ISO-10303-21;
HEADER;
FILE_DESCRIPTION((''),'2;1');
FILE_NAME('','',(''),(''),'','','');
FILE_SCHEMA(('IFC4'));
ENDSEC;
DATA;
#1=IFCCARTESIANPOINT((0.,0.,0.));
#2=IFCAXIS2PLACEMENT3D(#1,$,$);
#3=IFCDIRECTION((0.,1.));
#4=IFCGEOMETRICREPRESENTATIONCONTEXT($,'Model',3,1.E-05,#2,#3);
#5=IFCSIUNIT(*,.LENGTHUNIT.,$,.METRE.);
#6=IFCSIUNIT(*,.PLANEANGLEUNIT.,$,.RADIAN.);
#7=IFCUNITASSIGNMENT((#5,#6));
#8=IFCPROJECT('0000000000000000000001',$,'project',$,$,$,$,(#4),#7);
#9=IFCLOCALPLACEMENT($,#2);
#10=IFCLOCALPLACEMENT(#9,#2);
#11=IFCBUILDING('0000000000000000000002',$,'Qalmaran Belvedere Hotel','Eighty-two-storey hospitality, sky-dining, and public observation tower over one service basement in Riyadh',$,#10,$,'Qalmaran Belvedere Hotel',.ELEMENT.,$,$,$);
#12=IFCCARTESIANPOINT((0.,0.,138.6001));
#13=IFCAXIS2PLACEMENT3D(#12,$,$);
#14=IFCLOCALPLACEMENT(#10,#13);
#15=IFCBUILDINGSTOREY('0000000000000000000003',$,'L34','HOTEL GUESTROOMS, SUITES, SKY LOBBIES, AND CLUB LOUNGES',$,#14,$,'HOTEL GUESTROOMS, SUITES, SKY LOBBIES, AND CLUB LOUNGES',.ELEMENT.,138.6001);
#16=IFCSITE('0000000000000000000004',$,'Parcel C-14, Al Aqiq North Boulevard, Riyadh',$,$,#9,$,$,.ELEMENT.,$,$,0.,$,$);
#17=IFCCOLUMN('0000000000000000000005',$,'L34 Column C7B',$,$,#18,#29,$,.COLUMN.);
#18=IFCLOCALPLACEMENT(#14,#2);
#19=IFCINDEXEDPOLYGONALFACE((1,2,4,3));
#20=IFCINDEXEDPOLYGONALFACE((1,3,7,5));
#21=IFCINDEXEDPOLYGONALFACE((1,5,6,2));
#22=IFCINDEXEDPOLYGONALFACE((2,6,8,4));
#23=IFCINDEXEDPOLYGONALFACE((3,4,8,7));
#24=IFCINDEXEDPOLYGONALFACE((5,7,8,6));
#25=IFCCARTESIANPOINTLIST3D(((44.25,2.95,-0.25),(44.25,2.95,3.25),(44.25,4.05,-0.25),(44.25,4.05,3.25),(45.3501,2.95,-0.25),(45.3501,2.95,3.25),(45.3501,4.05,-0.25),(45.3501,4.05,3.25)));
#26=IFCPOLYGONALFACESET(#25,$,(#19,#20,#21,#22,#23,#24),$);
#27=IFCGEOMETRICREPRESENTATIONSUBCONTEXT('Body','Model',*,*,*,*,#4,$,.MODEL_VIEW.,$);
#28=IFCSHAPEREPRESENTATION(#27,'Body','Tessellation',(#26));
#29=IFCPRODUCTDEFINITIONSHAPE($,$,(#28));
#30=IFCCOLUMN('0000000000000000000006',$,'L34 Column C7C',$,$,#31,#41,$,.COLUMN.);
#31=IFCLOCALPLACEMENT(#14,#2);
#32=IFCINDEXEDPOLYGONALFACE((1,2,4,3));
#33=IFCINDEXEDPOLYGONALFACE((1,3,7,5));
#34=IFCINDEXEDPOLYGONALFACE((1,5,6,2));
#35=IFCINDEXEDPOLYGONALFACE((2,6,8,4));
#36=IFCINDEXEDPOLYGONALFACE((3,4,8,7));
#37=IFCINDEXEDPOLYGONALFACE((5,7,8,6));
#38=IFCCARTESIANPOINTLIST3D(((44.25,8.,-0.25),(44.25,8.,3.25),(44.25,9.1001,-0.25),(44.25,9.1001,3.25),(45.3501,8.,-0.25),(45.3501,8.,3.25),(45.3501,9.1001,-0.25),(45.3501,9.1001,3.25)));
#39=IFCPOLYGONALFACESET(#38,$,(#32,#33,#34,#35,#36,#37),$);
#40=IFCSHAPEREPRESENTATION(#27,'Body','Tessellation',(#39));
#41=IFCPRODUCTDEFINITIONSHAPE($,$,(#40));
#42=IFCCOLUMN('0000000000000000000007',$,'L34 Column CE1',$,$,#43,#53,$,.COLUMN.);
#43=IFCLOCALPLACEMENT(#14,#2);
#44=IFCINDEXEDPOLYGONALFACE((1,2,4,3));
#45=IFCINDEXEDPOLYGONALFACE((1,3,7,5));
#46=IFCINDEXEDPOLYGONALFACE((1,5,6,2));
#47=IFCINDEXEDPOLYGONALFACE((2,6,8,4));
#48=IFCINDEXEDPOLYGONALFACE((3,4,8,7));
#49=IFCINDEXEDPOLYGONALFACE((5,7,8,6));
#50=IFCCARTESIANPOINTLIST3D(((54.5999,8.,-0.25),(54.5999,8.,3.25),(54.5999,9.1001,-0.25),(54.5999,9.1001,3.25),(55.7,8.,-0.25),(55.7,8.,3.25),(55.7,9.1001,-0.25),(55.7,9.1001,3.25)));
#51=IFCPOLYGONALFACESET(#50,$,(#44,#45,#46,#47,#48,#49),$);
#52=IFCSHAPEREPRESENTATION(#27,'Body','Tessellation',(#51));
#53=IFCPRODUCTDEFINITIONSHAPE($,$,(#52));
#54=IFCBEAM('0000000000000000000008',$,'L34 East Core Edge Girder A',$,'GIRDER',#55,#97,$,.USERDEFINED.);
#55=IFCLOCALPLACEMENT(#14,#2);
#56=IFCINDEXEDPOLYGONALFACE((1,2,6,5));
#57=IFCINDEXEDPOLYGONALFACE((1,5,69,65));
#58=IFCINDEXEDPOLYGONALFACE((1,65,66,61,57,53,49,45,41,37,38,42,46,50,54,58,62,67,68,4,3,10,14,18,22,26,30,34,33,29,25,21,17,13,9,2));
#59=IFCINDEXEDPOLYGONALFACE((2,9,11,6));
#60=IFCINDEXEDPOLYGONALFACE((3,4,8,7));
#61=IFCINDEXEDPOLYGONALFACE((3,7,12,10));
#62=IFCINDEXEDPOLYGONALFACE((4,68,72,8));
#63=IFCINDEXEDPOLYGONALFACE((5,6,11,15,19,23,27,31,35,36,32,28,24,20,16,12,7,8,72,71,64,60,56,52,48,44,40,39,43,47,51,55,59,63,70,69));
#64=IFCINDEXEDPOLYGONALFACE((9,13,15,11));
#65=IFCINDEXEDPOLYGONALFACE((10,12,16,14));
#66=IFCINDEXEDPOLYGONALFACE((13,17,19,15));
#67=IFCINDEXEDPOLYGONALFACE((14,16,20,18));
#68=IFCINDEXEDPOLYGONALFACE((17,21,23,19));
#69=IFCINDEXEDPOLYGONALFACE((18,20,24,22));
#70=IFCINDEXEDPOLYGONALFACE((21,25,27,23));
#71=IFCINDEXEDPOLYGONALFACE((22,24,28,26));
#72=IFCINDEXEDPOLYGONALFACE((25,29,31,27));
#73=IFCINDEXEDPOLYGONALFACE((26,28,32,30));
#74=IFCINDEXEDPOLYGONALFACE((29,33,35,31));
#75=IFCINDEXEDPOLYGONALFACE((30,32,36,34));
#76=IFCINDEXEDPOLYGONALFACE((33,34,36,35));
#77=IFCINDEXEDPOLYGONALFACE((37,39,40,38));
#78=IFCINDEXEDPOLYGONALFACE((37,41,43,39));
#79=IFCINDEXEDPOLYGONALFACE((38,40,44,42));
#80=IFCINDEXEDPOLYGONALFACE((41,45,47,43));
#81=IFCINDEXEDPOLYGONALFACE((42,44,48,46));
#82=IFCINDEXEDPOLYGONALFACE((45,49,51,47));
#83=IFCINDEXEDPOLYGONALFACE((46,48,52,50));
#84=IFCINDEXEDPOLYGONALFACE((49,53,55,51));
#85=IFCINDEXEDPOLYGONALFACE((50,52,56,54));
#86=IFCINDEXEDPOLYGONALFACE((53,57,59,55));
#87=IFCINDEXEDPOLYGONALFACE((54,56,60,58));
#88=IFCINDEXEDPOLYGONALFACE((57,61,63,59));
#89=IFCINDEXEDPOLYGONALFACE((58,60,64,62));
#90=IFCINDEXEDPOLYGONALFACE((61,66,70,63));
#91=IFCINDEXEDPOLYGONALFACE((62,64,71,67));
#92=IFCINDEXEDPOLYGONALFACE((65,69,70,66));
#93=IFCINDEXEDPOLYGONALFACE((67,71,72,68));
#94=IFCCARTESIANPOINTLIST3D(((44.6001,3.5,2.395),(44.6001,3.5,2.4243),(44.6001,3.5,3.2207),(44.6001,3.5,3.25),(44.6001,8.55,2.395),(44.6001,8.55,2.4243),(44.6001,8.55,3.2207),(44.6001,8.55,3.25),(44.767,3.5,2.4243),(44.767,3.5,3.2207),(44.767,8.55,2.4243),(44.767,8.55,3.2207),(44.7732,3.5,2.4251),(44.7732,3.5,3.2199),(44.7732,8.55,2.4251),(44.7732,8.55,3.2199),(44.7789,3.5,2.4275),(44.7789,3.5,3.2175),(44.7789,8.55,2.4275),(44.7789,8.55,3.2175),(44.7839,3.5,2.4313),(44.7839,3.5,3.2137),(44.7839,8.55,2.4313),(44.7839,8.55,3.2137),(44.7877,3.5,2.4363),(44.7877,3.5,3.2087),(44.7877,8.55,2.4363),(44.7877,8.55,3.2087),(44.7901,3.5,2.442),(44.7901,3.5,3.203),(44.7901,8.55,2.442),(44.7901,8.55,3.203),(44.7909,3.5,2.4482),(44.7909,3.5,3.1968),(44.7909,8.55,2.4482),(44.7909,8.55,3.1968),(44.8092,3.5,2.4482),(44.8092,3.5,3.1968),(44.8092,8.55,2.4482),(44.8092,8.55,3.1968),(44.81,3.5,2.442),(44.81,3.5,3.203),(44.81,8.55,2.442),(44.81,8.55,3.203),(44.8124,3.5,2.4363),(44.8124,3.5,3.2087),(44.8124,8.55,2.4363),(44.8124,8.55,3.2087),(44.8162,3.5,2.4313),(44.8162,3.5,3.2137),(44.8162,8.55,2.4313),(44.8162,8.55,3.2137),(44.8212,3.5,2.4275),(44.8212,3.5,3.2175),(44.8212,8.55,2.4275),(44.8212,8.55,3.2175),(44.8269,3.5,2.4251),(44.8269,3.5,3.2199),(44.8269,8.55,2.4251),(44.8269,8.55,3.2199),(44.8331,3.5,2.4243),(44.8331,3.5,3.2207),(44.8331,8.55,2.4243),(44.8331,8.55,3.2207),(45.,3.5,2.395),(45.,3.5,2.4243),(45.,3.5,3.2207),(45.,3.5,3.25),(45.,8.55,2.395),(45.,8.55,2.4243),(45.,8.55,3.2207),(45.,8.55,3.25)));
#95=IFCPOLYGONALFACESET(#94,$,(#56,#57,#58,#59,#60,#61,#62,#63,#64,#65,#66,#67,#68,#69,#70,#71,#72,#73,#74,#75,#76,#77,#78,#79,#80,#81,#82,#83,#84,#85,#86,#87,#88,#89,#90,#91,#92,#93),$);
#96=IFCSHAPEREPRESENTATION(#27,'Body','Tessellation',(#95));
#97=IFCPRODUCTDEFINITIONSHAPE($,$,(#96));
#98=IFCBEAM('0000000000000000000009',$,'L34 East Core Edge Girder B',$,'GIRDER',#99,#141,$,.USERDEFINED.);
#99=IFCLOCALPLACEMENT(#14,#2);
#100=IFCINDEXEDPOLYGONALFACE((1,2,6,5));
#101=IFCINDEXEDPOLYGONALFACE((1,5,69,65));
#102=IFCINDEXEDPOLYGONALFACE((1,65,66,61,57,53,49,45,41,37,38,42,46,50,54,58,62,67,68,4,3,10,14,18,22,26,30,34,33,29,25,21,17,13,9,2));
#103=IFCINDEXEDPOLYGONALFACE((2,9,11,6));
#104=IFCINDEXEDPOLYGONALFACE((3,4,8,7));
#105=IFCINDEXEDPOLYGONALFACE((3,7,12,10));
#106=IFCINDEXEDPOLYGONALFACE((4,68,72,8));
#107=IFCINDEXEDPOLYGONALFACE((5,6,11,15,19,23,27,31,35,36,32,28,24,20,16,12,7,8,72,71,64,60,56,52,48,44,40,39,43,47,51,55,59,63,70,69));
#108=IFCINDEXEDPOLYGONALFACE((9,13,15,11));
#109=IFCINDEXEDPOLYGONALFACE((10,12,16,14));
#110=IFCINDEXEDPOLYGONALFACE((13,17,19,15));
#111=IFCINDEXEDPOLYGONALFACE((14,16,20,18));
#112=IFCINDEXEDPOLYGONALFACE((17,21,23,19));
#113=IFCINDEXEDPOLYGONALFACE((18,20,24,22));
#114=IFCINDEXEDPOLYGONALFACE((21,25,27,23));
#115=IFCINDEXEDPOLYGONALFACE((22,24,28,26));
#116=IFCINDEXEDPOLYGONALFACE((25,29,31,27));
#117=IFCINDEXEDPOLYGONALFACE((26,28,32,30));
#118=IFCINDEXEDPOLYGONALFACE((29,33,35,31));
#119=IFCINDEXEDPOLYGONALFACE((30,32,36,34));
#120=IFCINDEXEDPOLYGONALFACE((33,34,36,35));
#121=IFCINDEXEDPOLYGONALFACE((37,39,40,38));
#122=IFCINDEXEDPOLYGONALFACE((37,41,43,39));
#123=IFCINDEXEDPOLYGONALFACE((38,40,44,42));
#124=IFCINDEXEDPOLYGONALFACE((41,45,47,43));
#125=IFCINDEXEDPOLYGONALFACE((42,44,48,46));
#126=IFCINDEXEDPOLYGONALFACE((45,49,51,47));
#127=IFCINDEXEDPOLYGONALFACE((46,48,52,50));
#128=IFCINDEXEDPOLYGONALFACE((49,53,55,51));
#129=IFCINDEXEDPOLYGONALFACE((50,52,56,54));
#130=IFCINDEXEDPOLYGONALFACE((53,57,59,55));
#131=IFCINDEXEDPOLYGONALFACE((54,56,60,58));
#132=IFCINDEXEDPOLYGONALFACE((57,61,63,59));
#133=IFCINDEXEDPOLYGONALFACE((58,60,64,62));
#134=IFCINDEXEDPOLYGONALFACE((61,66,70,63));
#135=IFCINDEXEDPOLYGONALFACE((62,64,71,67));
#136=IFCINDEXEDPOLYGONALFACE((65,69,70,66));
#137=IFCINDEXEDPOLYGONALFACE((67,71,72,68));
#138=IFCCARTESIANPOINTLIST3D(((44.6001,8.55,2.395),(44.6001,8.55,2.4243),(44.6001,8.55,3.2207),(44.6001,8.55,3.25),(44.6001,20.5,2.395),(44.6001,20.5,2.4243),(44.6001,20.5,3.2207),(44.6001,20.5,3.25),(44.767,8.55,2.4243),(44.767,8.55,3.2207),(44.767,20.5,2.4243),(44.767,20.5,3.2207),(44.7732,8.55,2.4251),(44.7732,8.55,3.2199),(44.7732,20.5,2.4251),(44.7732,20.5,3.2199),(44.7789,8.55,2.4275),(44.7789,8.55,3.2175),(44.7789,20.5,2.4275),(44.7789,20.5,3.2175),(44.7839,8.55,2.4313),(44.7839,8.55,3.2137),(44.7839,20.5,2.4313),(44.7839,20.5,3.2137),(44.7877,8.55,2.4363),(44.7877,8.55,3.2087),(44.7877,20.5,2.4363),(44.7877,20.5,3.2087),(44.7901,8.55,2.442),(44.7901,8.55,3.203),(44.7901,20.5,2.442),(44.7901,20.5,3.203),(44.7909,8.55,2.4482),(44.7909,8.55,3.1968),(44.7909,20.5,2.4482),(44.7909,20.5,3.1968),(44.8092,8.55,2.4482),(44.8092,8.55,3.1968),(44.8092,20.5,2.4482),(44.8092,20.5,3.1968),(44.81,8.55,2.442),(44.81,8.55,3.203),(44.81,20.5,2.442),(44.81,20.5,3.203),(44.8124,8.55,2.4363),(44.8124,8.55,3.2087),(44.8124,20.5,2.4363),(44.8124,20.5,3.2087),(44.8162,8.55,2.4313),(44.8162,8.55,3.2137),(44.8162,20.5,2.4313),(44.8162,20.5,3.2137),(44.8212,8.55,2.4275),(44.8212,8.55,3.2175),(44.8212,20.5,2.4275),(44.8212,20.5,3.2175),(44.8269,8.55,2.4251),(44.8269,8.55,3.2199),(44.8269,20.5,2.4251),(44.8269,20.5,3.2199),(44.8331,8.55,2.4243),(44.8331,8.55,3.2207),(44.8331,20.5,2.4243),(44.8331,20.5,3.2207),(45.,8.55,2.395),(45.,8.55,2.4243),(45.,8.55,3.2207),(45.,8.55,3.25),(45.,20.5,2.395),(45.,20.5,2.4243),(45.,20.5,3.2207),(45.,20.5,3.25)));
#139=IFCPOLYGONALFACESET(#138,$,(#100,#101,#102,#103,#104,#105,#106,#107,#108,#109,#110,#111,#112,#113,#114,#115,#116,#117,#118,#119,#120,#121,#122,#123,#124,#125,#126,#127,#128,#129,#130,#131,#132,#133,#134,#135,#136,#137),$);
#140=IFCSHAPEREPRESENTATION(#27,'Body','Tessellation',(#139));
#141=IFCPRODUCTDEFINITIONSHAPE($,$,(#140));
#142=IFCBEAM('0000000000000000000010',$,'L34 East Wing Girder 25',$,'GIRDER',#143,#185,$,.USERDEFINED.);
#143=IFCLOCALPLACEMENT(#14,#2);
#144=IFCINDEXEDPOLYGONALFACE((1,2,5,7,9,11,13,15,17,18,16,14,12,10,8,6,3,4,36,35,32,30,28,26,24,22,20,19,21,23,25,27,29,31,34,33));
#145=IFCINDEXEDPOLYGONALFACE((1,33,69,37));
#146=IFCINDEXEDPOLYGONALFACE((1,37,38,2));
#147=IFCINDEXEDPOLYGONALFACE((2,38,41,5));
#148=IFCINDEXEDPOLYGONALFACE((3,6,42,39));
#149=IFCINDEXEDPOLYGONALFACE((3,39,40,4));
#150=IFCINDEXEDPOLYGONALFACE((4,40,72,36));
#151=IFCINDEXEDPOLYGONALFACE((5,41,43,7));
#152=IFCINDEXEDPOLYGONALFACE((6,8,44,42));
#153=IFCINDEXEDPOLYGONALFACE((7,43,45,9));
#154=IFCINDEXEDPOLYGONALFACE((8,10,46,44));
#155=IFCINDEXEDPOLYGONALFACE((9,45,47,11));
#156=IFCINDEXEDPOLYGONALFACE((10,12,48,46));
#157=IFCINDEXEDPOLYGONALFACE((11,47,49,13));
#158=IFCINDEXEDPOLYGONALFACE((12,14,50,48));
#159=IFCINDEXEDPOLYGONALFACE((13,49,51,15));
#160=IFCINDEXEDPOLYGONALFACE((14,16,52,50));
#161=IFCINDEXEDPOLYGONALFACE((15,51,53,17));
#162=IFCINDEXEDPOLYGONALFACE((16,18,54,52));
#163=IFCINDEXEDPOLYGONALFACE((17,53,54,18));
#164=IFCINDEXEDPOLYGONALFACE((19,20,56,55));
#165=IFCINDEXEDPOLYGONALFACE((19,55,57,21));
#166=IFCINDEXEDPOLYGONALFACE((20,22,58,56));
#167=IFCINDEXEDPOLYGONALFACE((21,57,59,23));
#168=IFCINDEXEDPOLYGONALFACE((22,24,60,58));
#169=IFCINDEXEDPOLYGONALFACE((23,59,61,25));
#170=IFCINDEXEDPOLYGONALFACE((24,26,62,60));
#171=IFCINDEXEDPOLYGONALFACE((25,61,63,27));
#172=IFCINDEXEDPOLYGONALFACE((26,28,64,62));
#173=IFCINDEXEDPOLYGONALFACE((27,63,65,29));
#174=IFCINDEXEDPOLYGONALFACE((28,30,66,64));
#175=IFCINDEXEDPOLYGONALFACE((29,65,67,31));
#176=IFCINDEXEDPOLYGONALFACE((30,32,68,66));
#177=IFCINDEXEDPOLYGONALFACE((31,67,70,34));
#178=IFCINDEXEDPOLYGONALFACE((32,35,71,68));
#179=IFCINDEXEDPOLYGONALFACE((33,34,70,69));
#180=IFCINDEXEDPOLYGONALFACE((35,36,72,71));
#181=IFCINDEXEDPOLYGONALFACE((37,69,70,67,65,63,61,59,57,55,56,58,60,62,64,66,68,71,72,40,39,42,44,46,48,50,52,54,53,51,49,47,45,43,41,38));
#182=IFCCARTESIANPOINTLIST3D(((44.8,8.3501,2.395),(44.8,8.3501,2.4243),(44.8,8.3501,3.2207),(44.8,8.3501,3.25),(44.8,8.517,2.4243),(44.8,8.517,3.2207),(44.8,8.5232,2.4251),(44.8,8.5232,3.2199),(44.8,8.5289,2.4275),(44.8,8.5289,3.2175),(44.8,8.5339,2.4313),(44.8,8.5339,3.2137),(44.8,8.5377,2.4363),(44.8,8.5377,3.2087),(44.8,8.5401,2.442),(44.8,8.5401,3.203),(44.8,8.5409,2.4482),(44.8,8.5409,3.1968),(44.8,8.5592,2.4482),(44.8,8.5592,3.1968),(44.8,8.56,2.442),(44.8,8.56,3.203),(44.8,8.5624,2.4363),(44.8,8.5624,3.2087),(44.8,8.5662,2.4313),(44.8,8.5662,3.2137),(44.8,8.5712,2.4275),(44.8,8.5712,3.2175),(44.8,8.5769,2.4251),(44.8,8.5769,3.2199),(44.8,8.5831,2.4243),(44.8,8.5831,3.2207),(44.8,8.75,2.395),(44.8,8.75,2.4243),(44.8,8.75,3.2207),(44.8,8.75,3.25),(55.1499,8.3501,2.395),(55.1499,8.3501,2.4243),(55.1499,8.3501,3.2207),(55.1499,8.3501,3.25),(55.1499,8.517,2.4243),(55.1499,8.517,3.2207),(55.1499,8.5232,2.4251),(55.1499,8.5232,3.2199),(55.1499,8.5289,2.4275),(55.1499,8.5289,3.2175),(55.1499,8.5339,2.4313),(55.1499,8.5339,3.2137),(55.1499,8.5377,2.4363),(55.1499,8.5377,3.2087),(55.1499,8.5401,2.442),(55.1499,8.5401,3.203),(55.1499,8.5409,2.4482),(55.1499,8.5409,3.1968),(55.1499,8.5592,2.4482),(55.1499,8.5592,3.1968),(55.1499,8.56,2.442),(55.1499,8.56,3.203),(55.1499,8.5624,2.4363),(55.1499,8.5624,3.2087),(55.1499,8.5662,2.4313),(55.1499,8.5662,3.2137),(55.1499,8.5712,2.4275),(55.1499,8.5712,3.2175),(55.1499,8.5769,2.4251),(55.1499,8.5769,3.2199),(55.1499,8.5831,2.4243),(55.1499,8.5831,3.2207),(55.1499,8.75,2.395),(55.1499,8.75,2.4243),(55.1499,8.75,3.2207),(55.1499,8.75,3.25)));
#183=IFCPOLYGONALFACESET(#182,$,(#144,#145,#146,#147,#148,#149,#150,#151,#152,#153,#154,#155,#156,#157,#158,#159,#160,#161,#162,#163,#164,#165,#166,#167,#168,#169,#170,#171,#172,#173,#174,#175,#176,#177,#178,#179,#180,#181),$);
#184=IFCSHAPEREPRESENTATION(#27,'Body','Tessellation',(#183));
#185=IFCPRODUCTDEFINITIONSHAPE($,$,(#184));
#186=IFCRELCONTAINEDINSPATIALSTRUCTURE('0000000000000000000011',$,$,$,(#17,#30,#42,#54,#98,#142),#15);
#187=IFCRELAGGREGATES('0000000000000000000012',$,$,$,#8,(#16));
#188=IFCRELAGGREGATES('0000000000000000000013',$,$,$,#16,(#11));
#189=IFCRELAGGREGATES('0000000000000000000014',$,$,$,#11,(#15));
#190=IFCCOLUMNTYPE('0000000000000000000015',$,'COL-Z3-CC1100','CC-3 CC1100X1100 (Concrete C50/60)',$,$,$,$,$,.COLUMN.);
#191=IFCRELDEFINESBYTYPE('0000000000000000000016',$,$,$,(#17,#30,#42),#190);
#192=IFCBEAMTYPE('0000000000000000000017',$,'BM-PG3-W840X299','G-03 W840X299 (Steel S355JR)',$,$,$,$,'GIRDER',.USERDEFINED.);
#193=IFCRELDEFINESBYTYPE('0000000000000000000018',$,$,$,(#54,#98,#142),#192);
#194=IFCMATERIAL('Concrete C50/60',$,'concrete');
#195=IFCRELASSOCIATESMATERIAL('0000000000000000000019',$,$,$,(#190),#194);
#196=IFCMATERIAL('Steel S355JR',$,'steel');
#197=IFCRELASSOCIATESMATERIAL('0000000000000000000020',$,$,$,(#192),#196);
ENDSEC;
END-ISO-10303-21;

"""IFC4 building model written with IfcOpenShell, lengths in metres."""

from ifc_helpers import new_model, si_unit, direction, frame, origin, origin_2d, place, context, subcontext, project, spatial, rectangle, i_section, extrude, material, material_profile, profile_set, type_object, element, save


model = new_model("IFC4")

# Units and contexts
model_context = context("Model", 3, precision=1e-05, world=origin(), true_north=direction((0.0, 1.0)))
body_context = subcontext(model_context, "Body", "Model", "MODEL_VIEW")
ifc_project = project(units=[si_unit("LENGTHUNIT", "METRE"), si_unit("PLANEANGLEUNIT", "RADIAN")], contexts=[model_context])

# Site, building, storey
site_placement = place(None, origin())
site = spatial("IfcSite", under=ifc_project, at=site_placement, Name="Parcel C-14, Al Aqiq North Boulevard, Riyadh", CompositionType="ELEMENT", RefElevation=0.0)
building_placement = place(site_placement, origin())
building = spatial("IfcBuilding", under=site, at=building_placement, Name="Qalmaran Belvedere Hotel", Description="Eighty-two-storey hospitality, sky-dining, and public observation tower over one service basement in Riyadh", LongName="Qalmaran Belvedere Hotel", CompositionType="ELEMENT")
storey_placement = place(building_placement, frame((0.0, 0.0, 138.6001)))
storey = spatial("IfcBuildingStorey", under=building, at=storey_placement, Name="L34", Description="HOTEL GUESTROOMS, SUITES, SKY LOBBIES, AND CLUB LOUNGES", LongName="HOTEL GUESTROOMS, SUITES, SKY LOBBIES, AND CLUB LOUNGES", CompositionType="ELEMENT", Elevation=138.6001)

# Columns
ifc_material_1 = material(Name="Concrete C50/60", Category="concrete")
ifc_material_profile_1 = material_profile(ifc_material_1, rectangle(XDim=1.1001, YDim=1.1001, at=origin_2d()), Name="CC1100X1100")
ifc_profile_set_1 = profile_set([ifc_material_profile_1], Name="Concrete C50/60")
column_type = type_object("IfcColumnType", Name="COL-Z3-CC1100", Description="CC-3 CC1100X1100 (Concrete C50/60)", PredefinedType="COLUMN", material=ifc_profile_set_1)
for number, where, z_axis, x_axis, name in (
    (1, (44.8, 3.5, -0.25), (0.0, 0.0, 1.0), (1.0, 0.0, 0.0), "L34 Column C7B"),
    (2, (44.8, 8.55, -0.25), (0.0, 0.0, 1.0), (1.0, 0.0, 0.0), "L34 Column C7C"),
    (3, (55.1499, 8.55, -0.25), (0.0, 0.0, 1.0), (1.0, 0.0, 0.0), "L34 Column CE1"),
):
    element("IfcColumn", number, at=place(storey_placement, frame(where, z_axis=z_axis, x_axis=x_axis)), inside=storey, type_object=column_type, Name=name, PredefinedType="COLUMN", context=body_context, shape_type="SweptSolid", body=[
        extrude(rectangle(XDim=1.1001, YDim=1.1001, at=origin_2d()), origin(), (0.0, 0.0, 1.0), 3.5),
    ])

# Beams
ifc_material_2 = material(Name="Steel S355JR", Category="steel")
ifc_material_profile_2 = material_profile(ifc_material_2, i_section(OverallWidth=0.3999, OverallDepth=0.855, WebThickness=0.0183, FlangeThickness=0.0293, FilletRadius=0.0239, at=origin_2d()), Name="W840X299")
ifc_profile_set_2 = profile_set([ifc_material_profile_2], Name="Steel S355JR")
beam_type_1 = type_object("IfcBeamType", Name="BM-PG3-W840X299", Description="G-03 W840X299 (Steel S355JR)", ElementType="GIRDER", PredefinedType="USERDEFINED", material=ifc_profile_set_2)
beam_1_placement = place(storey_placement, frame((44.8, 3.5, 2.8225), z_axis=(0.0, 1.0, 0.0), x_axis=(-1.0, 0.0, 0.0)))
element("IfcBeam", 4, at=beam_1_placement, inside=storey, type_object=beam_type_1, Name="L34 East Core Edge Girder A", ObjectType="GIRDER", PredefinedType="USERDEFINED", context=body_context, shape_type="SweptSolid", body=[
    extrude(i_section(OverallWidth=0.3999, OverallDepth=0.855, WebThickness=0.0183, FlangeThickness=0.0293, FilletRadius=0.0239, at=origin_2d()), origin(), (0.0, 0.0, 1.0), 5.05),
])
beam_2_placement = place(storey_placement, frame((44.8, 8.55, 2.8225), z_axis=(0.0, 1.0, 0.0), x_axis=(-1.0, 0.0, 0.0)))
element("IfcBeam", 5, at=beam_2_placement, inside=storey, type_object=beam_type_1, Name="L34 East Core Edge Girder B", ObjectType="GIRDER", PredefinedType="USERDEFINED", context=body_context, shape_type="SweptSolid", body=[
    extrude(i_section(OverallWidth=0.3999, OverallDepth=0.855, WebThickness=0.0183, FlangeThickness=0.0293, FilletRadius=0.0239, at=origin_2d()), origin(), (0.0, 0.0, 1.0), 11.95),
])
beam_3_placement = place(storey_placement, frame((44.8, 8.55, 2.8225), z_axis=(1.0, 0.0, 0.0), x_axis=(0.0, 1.0, 0.0)))
element("IfcBeam", 6, at=beam_3_placement, inside=storey, type_object=beam_type_1, Name="L34 East Wing Girder 25", ObjectType="GIRDER", PredefinedType="USERDEFINED", context=body_context, shape_type="SweptSolid", body=[
    extrude(i_section(OverallWidth=0.3999, OverallDepth=0.855, WebThickness=0.0183, FlangeThickness=0.0293, FilletRadius=0.0239, at=origin_2d()), origin(), (0.0, 0.0, 1.0), 10.3499),
])

save(model, "model.ifc")
